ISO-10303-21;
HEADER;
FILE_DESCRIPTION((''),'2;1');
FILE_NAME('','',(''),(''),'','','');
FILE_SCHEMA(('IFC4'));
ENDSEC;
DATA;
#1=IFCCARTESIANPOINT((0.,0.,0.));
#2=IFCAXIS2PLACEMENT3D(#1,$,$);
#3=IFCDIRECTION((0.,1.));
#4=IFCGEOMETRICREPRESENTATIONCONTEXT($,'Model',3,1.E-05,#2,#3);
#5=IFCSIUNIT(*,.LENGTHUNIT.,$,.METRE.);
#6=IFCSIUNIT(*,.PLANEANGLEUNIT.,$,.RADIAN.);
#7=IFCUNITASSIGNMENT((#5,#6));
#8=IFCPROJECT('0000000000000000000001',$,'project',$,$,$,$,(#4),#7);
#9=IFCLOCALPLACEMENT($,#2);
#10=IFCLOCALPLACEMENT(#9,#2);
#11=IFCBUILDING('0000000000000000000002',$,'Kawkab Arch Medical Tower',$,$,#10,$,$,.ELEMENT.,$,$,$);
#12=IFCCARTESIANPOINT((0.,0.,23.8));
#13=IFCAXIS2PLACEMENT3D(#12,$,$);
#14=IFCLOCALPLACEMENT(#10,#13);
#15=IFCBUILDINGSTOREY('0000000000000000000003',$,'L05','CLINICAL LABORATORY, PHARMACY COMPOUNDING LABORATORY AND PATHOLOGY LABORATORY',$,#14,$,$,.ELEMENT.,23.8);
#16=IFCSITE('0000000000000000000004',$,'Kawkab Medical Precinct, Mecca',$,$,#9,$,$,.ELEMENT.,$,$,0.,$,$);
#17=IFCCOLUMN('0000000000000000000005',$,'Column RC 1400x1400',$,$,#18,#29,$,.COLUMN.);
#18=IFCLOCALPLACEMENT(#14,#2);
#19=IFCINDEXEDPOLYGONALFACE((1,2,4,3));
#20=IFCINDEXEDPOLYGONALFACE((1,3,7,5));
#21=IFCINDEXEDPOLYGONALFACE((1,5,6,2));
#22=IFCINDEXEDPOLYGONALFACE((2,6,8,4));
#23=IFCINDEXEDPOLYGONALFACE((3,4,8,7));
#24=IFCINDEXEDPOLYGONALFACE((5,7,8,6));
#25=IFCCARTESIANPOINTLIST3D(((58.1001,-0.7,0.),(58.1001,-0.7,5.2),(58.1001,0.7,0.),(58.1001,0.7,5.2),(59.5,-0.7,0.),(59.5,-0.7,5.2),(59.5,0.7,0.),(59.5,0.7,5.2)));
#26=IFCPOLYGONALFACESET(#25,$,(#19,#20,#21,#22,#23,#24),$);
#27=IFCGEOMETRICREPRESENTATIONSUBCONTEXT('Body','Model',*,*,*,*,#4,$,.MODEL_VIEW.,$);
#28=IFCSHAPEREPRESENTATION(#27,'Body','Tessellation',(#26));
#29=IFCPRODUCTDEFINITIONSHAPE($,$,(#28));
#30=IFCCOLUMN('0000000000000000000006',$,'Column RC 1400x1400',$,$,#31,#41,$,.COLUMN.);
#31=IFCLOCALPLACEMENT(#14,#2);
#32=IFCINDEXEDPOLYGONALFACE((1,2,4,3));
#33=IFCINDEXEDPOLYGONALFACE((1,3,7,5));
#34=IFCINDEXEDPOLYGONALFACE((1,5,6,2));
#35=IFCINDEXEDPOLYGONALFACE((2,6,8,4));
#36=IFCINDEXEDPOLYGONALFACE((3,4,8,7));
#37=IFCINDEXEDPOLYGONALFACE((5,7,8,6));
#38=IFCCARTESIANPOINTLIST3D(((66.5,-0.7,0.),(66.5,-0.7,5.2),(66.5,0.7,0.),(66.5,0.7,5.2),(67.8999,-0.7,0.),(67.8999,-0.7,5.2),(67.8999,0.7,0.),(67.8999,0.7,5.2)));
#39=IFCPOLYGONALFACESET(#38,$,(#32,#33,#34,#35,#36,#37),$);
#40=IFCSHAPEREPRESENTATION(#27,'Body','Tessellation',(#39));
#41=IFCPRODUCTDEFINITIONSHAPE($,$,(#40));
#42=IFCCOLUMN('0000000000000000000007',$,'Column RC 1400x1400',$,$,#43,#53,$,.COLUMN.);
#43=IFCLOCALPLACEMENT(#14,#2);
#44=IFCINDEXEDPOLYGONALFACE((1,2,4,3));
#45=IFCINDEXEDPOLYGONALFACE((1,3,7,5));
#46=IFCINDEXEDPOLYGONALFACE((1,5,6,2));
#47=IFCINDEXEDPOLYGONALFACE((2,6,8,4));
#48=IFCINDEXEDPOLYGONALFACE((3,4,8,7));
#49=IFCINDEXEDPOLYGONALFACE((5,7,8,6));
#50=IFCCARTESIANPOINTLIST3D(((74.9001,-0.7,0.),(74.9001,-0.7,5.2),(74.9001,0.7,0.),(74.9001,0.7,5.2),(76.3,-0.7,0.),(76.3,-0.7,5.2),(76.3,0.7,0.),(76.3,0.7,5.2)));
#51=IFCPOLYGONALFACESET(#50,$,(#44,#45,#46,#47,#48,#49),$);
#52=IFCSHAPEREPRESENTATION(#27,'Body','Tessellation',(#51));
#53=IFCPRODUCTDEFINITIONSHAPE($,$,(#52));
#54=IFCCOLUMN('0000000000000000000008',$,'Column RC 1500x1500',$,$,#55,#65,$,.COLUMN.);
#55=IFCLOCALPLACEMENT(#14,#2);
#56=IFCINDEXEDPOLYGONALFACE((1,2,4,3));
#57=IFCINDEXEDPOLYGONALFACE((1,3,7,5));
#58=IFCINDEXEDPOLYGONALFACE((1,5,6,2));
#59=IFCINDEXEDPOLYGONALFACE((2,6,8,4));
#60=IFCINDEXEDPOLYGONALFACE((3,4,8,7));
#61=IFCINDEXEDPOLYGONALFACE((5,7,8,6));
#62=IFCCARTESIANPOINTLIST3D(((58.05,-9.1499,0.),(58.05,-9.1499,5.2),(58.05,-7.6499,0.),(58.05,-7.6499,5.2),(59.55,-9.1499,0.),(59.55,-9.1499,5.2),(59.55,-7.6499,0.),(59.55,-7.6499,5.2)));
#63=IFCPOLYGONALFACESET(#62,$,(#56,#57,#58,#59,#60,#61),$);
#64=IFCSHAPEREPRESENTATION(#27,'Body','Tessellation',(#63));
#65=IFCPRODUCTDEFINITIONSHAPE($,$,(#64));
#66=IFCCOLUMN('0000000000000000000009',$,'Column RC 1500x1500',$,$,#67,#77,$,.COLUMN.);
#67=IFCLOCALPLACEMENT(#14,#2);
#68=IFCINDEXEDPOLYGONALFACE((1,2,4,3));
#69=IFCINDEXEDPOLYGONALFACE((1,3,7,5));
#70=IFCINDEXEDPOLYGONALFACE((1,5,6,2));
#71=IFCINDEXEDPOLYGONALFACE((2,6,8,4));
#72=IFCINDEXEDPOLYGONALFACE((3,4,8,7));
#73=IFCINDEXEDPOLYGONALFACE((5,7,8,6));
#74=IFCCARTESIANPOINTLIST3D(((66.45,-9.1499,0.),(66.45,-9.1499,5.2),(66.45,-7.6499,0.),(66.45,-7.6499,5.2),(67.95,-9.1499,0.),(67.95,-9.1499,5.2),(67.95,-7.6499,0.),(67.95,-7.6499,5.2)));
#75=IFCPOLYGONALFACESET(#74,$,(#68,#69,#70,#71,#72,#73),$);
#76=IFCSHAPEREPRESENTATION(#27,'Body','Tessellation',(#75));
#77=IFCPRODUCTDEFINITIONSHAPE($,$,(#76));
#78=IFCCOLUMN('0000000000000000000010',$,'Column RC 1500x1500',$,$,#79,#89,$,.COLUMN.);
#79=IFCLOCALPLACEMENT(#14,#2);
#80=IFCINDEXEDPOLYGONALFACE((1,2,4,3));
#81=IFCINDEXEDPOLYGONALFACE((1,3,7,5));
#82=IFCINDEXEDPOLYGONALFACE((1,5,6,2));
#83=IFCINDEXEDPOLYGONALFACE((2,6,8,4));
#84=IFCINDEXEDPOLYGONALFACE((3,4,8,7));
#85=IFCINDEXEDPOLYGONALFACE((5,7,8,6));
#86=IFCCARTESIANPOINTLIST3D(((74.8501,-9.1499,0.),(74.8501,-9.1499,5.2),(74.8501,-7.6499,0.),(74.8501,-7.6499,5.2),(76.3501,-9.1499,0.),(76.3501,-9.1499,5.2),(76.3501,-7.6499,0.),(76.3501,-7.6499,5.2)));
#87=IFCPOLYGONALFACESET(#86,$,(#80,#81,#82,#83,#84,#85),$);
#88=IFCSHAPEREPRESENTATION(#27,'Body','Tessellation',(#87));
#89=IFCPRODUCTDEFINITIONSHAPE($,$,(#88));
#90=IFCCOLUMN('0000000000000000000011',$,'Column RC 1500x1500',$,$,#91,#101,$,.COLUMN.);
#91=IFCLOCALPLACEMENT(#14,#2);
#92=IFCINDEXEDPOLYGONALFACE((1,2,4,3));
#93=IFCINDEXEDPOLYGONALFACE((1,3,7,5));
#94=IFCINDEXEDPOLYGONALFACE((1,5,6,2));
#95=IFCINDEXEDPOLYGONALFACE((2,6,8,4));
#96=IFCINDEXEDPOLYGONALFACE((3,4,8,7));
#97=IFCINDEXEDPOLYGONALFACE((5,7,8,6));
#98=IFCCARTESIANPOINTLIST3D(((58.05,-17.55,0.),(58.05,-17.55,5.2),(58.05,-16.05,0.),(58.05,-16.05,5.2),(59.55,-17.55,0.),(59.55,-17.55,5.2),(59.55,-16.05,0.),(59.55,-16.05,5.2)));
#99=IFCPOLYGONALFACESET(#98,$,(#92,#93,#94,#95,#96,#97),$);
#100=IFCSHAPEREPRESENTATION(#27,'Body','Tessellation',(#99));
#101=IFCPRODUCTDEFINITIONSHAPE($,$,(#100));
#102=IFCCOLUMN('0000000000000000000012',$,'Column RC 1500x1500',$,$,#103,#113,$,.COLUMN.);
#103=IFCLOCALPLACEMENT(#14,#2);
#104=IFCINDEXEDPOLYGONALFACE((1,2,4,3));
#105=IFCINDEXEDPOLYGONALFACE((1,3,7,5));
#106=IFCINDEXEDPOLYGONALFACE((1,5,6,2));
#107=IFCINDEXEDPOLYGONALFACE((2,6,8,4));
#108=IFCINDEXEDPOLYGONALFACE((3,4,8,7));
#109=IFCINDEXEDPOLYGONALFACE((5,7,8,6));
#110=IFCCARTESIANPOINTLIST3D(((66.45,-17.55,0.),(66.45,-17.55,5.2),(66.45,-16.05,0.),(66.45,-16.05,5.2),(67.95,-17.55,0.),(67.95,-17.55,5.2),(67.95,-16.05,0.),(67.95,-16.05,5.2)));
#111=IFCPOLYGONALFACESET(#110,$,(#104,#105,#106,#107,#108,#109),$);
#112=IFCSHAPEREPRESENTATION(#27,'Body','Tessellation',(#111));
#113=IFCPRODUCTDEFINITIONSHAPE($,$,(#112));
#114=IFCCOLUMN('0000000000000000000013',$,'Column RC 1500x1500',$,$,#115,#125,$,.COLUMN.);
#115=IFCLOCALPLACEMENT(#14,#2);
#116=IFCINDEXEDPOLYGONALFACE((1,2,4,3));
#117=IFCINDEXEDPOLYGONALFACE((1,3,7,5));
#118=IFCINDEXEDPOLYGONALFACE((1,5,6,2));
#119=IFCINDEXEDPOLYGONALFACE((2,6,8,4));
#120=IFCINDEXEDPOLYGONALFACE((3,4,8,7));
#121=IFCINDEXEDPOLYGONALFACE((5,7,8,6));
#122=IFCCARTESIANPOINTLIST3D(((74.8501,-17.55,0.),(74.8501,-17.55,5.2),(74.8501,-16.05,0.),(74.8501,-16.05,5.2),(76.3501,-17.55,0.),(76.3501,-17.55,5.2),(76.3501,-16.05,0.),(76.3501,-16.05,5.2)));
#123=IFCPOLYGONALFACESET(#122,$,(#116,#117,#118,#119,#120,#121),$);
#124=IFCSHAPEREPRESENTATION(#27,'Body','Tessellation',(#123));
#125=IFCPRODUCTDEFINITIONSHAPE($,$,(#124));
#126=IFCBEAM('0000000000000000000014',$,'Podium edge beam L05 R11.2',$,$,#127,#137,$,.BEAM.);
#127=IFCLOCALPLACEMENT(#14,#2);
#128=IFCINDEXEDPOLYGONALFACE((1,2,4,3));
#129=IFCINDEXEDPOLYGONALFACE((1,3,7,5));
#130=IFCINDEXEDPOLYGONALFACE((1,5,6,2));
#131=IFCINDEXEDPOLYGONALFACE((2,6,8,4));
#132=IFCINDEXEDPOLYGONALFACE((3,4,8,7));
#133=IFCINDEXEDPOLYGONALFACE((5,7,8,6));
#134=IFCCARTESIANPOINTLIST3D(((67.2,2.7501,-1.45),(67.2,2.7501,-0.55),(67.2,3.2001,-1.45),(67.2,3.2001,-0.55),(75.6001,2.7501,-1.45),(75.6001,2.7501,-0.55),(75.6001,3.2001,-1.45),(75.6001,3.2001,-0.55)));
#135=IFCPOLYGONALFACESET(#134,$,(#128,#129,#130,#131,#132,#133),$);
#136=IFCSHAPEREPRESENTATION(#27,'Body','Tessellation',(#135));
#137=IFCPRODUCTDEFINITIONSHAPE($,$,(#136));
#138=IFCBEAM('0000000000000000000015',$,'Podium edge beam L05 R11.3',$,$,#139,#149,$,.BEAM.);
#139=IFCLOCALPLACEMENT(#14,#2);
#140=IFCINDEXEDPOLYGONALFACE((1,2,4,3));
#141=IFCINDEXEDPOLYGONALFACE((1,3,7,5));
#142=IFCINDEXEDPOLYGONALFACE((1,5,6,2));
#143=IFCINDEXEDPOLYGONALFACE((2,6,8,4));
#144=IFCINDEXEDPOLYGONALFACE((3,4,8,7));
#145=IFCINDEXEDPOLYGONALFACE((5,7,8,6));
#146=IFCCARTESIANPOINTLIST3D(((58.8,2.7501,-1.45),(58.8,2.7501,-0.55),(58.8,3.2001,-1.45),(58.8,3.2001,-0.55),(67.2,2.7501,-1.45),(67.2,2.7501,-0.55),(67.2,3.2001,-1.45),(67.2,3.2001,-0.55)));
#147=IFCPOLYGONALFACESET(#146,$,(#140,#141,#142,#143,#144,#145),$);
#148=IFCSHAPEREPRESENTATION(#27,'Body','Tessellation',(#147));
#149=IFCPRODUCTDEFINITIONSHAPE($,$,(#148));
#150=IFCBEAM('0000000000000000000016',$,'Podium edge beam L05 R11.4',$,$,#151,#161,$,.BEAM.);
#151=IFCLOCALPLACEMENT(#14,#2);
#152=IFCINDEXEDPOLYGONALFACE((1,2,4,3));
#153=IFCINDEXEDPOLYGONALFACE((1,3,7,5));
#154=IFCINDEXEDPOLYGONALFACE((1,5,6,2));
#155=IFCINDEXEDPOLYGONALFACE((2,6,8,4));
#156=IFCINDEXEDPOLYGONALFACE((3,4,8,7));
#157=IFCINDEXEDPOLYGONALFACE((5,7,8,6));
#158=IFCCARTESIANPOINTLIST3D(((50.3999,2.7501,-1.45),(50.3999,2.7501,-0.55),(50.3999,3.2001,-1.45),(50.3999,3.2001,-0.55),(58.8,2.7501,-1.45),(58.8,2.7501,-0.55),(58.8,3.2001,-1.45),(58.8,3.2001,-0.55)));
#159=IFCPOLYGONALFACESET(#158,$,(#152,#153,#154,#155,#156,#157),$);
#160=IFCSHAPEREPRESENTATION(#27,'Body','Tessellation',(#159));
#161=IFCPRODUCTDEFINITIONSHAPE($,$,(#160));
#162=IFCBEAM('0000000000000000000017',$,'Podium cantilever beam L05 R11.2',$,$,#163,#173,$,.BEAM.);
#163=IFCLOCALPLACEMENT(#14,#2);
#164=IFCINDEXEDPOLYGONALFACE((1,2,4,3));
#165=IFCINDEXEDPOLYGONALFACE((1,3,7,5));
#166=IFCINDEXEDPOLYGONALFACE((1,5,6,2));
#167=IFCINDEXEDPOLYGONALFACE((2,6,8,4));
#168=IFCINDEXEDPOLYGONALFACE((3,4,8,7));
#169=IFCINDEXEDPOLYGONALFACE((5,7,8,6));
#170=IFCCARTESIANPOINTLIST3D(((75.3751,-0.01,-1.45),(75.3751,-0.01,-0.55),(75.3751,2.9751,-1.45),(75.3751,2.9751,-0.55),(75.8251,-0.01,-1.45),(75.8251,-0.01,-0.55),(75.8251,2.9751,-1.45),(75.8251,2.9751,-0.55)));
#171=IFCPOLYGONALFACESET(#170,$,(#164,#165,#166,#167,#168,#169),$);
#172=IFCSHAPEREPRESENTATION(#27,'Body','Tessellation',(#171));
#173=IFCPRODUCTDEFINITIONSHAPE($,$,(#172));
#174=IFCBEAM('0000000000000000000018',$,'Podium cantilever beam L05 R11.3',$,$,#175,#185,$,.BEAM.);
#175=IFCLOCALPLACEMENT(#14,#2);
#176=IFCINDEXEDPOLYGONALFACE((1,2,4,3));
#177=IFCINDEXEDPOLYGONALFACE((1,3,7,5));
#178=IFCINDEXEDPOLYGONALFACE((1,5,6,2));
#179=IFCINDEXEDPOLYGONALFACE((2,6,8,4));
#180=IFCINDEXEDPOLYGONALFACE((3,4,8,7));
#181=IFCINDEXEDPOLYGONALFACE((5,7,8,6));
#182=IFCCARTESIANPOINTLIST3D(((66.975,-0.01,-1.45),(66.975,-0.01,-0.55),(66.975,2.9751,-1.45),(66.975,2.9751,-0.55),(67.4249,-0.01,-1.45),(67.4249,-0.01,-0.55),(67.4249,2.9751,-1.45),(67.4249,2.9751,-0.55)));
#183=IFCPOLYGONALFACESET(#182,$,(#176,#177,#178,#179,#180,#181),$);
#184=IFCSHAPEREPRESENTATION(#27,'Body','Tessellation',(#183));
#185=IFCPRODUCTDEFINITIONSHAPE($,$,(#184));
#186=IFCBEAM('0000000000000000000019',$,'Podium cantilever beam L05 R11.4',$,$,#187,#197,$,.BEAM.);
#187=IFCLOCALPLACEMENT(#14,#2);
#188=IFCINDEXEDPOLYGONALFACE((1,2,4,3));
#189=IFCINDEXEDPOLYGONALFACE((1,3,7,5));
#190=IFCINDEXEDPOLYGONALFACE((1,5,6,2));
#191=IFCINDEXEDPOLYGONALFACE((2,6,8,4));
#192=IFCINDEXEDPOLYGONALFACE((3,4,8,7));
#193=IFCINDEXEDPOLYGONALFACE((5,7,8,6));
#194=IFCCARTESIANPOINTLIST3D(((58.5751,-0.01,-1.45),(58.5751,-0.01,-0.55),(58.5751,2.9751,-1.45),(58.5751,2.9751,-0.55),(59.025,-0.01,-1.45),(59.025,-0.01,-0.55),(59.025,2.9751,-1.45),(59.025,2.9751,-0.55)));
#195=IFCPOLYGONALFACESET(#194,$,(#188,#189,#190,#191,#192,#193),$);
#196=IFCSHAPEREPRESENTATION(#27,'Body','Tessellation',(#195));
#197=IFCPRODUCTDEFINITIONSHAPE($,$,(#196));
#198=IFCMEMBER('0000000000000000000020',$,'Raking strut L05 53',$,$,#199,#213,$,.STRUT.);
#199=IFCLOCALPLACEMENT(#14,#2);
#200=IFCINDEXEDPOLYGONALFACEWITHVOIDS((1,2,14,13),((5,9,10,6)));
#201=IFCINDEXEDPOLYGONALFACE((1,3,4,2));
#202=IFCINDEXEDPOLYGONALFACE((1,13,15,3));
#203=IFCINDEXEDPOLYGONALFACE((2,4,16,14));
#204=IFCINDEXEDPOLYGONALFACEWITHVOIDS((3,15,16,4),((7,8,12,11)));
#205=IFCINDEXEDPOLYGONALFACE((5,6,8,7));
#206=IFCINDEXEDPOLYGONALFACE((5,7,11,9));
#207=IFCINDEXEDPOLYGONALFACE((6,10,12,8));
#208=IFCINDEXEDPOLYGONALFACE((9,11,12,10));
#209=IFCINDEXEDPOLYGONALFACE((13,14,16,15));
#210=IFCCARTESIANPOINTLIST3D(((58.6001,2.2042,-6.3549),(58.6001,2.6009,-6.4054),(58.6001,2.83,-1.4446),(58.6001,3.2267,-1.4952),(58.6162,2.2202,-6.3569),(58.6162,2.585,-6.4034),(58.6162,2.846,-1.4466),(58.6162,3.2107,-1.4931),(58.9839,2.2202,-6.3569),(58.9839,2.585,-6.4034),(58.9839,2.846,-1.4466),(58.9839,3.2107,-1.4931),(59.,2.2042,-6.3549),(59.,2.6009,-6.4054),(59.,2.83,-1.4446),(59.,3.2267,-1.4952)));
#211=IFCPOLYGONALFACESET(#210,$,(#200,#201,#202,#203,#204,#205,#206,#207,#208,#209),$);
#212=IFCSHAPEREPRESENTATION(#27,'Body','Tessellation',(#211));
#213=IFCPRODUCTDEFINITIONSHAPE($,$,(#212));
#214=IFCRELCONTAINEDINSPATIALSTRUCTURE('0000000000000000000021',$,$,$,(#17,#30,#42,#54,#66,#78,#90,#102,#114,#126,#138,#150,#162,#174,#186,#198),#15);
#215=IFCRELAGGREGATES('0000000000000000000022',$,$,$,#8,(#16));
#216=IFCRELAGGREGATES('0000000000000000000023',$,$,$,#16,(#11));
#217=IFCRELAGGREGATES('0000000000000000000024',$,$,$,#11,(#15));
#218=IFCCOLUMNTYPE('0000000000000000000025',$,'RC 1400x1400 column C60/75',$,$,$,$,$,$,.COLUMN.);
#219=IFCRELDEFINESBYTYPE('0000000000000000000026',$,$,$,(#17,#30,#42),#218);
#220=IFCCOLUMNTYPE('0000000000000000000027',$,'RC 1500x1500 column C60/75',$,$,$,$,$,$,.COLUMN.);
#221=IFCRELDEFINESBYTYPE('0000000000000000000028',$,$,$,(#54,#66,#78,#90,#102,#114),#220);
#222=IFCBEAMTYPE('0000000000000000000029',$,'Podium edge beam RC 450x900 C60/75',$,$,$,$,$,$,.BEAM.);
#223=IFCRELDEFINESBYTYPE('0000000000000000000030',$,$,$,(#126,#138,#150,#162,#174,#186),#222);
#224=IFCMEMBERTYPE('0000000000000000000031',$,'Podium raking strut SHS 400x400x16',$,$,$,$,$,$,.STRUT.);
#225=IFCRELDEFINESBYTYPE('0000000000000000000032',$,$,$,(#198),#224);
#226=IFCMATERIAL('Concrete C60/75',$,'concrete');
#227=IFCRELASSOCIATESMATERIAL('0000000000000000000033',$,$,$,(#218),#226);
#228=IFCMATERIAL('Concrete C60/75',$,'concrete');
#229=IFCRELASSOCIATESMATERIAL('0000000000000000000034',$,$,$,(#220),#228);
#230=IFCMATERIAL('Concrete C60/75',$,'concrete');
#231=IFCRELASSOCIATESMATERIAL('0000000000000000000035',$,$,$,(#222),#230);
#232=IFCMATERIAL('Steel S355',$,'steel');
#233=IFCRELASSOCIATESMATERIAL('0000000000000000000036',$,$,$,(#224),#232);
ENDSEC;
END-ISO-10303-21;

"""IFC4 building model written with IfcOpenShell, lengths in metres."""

from ifc_helpers import new_model, si_unit, direction, frame, origin, origin_2d, place, context, subcontext, project, spatial, rectangle, hollow_rectangle, extrude, material, material_profile, profile_set, type_object, element, save


model = new_model("IFC4")

# Units and contexts
model_context = context("Model", 3, precision=1e-05, world=origin(), true_north=direction((0.0, 1.0)))
body_context = subcontext(model_context, "Body", "Model", "MODEL_VIEW")
ifc_project = project(units=[si_unit("LENGTHUNIT", "METRE"), si_unit("PLANEANGLEUNIT", "RADIAN")], contexts=[model_context])

# Site, building, storey
site_placement = place(None, origin())
site = spatial("IfcSite", under=ifc_project, at=site_placement, Name="Kawkab Medical Precinct, Mecca", CompositionType="ELEMENT", RefElevation=0.0)
building_placement = place(site_placement, origin())
building = spatial("IfcBuilding", under=site, at=building_placement, Name="Kawkab Arch Medical Tower", CompositionType="ELEMENT")
storey_placement = place(building_placement, frame((0.0, 0.0, 23.8)))
storey = spatial("IfcBuildingStorey", under=building, at=storey_placement, Name="L05", Description="CLINICAL LABORATORY, PHARMACY COMPOUNDING LABORATORY AND PATHOLOGY LABORATORY", CompositionType="ELEMENT", Elevation=23.8)

# Columns
ifc_material_1 = material(Name="Concrete C60/75", Category="concrete")
ifc_material_profile_1 = material_profile(ifc_material_1, rectangle(XDim=1.3999, YDim=1.3999, at=origin_2d()), Name="RC 1400x1400")
ifc_profile_set_1 = profile_set([ifc_material_profile_1], Name="Concrete C60/75")
column_type_1 = type_object("IfcColumnType", Name="RC 1400x1400 column C60/75", PredefinedType="COLUMN", material=ifc_profile_set_1)
for number, where, z_axis, x_axis, name in (
    (1, (58.8, 0.0, 0.0), (0.0, 0.0, 1.0), (1.0, 0.0, 0.0), "Column RC 1400x1400"),
    (2, (67.2, 0.0, 0.0), (0.0, 0.0, 1.0), (1.0, 0.0, 0.0), "Column RC 1400x1400"),
    (3, (75.6001, 0.0, 0.0), (0.0, 0.0, 1.0), (1.0, 0.0, 0.0), "Column RC 1400x1400"),
):
    element("IfcColumn", number, at=place(storey_placement, frame(where, z_axis=z_axis, x_axis=x_axis)), inside=storey, type_object=column_type_1, Name=name, PredefinedType="COLUMN", context=body_context, shape_type="SweptSolid", body=[
        extrude(rectangle(XDim=1.3999, YDim=1.3999, at=origin_2d()), origin(), (0.0, 0.0, 1.0), 5.2),
    ])
ifc_material_2 = material(Name="Concrete C60/75", Category="concrete")
ifc_material_profile_2 = material_profile(ifc_material_2, rectangle(XDim=1.5, YDim=1.5, at=origin_2d()), Name="RC 1500x1500")
ifc_profile_set_2 = profile_set([ifc_material_profile_2], Name="Concrete C60/75")
column_type_2 = type_object("IfcColumnType", Name="RC 1500x1500 column C60/75", PredefinedType="COLUMN", material=ifc_profile_set_2)
for number, where, z_axis, x_axis, name in (
    (4, (58.8, -8.3999, 0.0), (0.0, 0.0, 1.0), (1.0, 0.0, 0.0), "Column RC 1500x1500"),
    (5, (67.2, -8.3999, 0.0), (0.0, 0.0, 1.0), (1.0, 0.0, 0.0), "Column RC 1500x1500"),
    (6, (75.6001, -8.3999, 0.0), (0.0, 0.0, 1.0), (1.0, 0.0, 0.0), "Column RC 1500x1500"),
    (7, (58.8, -16.8, 0.0), (0.0, 0.0, 1.0), (1.0, 0.0, 0.0), "Column RC 1500x1500"),
    (8, (67.2, -16.8, 0.0), (0.0, 0.0, 1.0), (1.0, 0.0, 0.0), "Column RC 1500x1500"),
    (9, (75.6001, -16.8, 0.0), (0.0, 0.0, 1.0), (1.0, 0.0, 0.0), "Column RC 1500x1500"),
):
    element("IfcColumn", number, at=place(storey_placement, frame(where, z_axis=z_axis, x_axis=x_axis)), inside=storey, type_object=column_type_2, Name=name, PredefinedType="COLUMN", context=body_context, shape_type="SweptSolid", body=[
        extrude(rectangle(XDim=1.5, YDim=1.5, at=origin_2d()), origin(), (0.0, 0.0, 1.0), 5.2),
    ])

# Beams
ifc_material_3 = material(Name="Concrete C60/75", Category="concrete")
ifc_material_profile_3 = material_profile(ifc_material_3, rectangle(XDim=0.45, YDim=0.8999, at=origin_2d()), Name="RC 450x900")
ifc_profile_set_3 = profile_set([ifc_material_profile_3], Name="Concrete C60/75")
beam_type = type_object("IfcBeamType", Name="Podium edge beam RC 450x900 C60/75", PredefinedType="BEAM", material=ifc_profile_set_3)
beam_1_placement = place(storey_placement, frame((75.6001, 2.9751, -1.0), z_axis=(-1.0, 0.0, 0.0), x_axis=(0.0, -1.0, 0.0)))
element("IfcBeam", 10, at=beam_1_placement, inside=storey, type_object=beam_type, Name="Podium edge beam L05 R11.2", PredefinedType="BEAM", context=body_context, shape_type="SweptSolid", body=[
    extrude(rectangle(XDim=0.45, YDim=0.8999, at=origin_2d()), origin(), (0.0, 0.0, 1.0), 8.4001),
])
beam_2_placement = place(storey_placement, frame((67.2, 2.9751, -1.0), z_axis=(-1.0, 0.0, 0.0), x_axis=(0.0, -1.0, 0.0)))
element("IfcBeam", 11, at=beam_2_placement, inside=storey, type_object=beam_type, Name="Podium edge beam L05 R11.3", PredefinedType="BEAM", context=body_context, shape_type="SweptSolid", body=[
    extrude(rectangle(XDim=0.45, YDim=0.8999, at=origin_2d()), origin(), (0.0, 0.0, 1.0), 8.3999),
])
beam_3_placement = place(storey_placement, frame((58.8, 2.9751, -1.0), z_axis=(-1.0, 0.0, 0.0), x_axis=(0.0, -1.0, 0.0)))
element("IfcBeam", 12, at=beam_3_placement, inside=storey, type_object=beam_type, Name="Podium edge beam L05 R11.4", PredefinedType="BEAM", context=body_context, shape_type="SweptSolid", body=[
    extrude(rectangle(XDim=0.45, YDim=0.8999, at=origin_2d()), origin(), (0.0, 0.0, 1.0), 8.4001),
])
for number, where, z_axis, x_axis, name in (
    (13, (75.6001, -0.01, -1.0), (0.0, 1.0, 0.0), (-1.0, 0.0, 0.0), "Podium cantilever beam L05 R11.2"),
    (14, (67.2, -0.01, -1.0), (0.0, 1.0, 0.0), (-1.0, 0.0, 0.0), "Podium cantilever beam L05 R11.3"),
    (15, (58.8, -0.01, -1.0), (0.0, 1.0, 0.0), (-1.0, 0.0, 0.0), "Podium cantilever beam L05 R11.4"),
):
    element("IfcBeam", number, at=place(storey_placement, frame(where, z_axis=z_axis, x_axis=x_axis)), inside=storey, type_object=beam_type, Name=name, PredefinedType="BEAM", context=body_context, shape_type="SweptSolid", body=[
        extrude(rectangle(XDim=0.45, YDim=0.8999, at=origin_2d()), origin(), (0.0, 0.0, 1.0), 2.9851),
    ])

# Member
ifc_material_4 = material(Name="Steel S355", Category="steel")
ifc_material_profile_4 = material_profile(ifc_material_4, hollow_rectangle(XDim=0.3999, YDim=0.3999, WallThickness=0.0161, at=origin_2d()), Name="SHS 400x400x16")
ifc_profile_set_4 = profile_set([ifc_material_profile_4], Name="Steel S355")
member_type = type_object("IfcMemberType", Name="Podium raking strut SHS 400x400x16", PredefinedType="STRUT", material=ifc_profile_set_4)
for number, where, z_axis, x_axis, name in (
    (16, (58.8, 2.4026, -6.3801), (0.0, 0.126414, 0.991978), (-1.0, 0.0, 0.0), "Raking strut L05 53"),
):
    element("IfcMember", number, at=place(storey_placement, frame(where, z_axis=z_axis, x_axis=x_axis)), inside=storey, type_object=member_type, Name=name, PredefinedType="STRUT", context=body_context, shape_type="SweptSolid", body=[
        extrude(hollow_rectangle(XDim=0.3999, YDim=0.3999, WallThickness=0.0161, at=origin_2d()), origin(), (0.0, 0.0, 1.0), 4.95),
    ])

save(model, "model.ifc")
